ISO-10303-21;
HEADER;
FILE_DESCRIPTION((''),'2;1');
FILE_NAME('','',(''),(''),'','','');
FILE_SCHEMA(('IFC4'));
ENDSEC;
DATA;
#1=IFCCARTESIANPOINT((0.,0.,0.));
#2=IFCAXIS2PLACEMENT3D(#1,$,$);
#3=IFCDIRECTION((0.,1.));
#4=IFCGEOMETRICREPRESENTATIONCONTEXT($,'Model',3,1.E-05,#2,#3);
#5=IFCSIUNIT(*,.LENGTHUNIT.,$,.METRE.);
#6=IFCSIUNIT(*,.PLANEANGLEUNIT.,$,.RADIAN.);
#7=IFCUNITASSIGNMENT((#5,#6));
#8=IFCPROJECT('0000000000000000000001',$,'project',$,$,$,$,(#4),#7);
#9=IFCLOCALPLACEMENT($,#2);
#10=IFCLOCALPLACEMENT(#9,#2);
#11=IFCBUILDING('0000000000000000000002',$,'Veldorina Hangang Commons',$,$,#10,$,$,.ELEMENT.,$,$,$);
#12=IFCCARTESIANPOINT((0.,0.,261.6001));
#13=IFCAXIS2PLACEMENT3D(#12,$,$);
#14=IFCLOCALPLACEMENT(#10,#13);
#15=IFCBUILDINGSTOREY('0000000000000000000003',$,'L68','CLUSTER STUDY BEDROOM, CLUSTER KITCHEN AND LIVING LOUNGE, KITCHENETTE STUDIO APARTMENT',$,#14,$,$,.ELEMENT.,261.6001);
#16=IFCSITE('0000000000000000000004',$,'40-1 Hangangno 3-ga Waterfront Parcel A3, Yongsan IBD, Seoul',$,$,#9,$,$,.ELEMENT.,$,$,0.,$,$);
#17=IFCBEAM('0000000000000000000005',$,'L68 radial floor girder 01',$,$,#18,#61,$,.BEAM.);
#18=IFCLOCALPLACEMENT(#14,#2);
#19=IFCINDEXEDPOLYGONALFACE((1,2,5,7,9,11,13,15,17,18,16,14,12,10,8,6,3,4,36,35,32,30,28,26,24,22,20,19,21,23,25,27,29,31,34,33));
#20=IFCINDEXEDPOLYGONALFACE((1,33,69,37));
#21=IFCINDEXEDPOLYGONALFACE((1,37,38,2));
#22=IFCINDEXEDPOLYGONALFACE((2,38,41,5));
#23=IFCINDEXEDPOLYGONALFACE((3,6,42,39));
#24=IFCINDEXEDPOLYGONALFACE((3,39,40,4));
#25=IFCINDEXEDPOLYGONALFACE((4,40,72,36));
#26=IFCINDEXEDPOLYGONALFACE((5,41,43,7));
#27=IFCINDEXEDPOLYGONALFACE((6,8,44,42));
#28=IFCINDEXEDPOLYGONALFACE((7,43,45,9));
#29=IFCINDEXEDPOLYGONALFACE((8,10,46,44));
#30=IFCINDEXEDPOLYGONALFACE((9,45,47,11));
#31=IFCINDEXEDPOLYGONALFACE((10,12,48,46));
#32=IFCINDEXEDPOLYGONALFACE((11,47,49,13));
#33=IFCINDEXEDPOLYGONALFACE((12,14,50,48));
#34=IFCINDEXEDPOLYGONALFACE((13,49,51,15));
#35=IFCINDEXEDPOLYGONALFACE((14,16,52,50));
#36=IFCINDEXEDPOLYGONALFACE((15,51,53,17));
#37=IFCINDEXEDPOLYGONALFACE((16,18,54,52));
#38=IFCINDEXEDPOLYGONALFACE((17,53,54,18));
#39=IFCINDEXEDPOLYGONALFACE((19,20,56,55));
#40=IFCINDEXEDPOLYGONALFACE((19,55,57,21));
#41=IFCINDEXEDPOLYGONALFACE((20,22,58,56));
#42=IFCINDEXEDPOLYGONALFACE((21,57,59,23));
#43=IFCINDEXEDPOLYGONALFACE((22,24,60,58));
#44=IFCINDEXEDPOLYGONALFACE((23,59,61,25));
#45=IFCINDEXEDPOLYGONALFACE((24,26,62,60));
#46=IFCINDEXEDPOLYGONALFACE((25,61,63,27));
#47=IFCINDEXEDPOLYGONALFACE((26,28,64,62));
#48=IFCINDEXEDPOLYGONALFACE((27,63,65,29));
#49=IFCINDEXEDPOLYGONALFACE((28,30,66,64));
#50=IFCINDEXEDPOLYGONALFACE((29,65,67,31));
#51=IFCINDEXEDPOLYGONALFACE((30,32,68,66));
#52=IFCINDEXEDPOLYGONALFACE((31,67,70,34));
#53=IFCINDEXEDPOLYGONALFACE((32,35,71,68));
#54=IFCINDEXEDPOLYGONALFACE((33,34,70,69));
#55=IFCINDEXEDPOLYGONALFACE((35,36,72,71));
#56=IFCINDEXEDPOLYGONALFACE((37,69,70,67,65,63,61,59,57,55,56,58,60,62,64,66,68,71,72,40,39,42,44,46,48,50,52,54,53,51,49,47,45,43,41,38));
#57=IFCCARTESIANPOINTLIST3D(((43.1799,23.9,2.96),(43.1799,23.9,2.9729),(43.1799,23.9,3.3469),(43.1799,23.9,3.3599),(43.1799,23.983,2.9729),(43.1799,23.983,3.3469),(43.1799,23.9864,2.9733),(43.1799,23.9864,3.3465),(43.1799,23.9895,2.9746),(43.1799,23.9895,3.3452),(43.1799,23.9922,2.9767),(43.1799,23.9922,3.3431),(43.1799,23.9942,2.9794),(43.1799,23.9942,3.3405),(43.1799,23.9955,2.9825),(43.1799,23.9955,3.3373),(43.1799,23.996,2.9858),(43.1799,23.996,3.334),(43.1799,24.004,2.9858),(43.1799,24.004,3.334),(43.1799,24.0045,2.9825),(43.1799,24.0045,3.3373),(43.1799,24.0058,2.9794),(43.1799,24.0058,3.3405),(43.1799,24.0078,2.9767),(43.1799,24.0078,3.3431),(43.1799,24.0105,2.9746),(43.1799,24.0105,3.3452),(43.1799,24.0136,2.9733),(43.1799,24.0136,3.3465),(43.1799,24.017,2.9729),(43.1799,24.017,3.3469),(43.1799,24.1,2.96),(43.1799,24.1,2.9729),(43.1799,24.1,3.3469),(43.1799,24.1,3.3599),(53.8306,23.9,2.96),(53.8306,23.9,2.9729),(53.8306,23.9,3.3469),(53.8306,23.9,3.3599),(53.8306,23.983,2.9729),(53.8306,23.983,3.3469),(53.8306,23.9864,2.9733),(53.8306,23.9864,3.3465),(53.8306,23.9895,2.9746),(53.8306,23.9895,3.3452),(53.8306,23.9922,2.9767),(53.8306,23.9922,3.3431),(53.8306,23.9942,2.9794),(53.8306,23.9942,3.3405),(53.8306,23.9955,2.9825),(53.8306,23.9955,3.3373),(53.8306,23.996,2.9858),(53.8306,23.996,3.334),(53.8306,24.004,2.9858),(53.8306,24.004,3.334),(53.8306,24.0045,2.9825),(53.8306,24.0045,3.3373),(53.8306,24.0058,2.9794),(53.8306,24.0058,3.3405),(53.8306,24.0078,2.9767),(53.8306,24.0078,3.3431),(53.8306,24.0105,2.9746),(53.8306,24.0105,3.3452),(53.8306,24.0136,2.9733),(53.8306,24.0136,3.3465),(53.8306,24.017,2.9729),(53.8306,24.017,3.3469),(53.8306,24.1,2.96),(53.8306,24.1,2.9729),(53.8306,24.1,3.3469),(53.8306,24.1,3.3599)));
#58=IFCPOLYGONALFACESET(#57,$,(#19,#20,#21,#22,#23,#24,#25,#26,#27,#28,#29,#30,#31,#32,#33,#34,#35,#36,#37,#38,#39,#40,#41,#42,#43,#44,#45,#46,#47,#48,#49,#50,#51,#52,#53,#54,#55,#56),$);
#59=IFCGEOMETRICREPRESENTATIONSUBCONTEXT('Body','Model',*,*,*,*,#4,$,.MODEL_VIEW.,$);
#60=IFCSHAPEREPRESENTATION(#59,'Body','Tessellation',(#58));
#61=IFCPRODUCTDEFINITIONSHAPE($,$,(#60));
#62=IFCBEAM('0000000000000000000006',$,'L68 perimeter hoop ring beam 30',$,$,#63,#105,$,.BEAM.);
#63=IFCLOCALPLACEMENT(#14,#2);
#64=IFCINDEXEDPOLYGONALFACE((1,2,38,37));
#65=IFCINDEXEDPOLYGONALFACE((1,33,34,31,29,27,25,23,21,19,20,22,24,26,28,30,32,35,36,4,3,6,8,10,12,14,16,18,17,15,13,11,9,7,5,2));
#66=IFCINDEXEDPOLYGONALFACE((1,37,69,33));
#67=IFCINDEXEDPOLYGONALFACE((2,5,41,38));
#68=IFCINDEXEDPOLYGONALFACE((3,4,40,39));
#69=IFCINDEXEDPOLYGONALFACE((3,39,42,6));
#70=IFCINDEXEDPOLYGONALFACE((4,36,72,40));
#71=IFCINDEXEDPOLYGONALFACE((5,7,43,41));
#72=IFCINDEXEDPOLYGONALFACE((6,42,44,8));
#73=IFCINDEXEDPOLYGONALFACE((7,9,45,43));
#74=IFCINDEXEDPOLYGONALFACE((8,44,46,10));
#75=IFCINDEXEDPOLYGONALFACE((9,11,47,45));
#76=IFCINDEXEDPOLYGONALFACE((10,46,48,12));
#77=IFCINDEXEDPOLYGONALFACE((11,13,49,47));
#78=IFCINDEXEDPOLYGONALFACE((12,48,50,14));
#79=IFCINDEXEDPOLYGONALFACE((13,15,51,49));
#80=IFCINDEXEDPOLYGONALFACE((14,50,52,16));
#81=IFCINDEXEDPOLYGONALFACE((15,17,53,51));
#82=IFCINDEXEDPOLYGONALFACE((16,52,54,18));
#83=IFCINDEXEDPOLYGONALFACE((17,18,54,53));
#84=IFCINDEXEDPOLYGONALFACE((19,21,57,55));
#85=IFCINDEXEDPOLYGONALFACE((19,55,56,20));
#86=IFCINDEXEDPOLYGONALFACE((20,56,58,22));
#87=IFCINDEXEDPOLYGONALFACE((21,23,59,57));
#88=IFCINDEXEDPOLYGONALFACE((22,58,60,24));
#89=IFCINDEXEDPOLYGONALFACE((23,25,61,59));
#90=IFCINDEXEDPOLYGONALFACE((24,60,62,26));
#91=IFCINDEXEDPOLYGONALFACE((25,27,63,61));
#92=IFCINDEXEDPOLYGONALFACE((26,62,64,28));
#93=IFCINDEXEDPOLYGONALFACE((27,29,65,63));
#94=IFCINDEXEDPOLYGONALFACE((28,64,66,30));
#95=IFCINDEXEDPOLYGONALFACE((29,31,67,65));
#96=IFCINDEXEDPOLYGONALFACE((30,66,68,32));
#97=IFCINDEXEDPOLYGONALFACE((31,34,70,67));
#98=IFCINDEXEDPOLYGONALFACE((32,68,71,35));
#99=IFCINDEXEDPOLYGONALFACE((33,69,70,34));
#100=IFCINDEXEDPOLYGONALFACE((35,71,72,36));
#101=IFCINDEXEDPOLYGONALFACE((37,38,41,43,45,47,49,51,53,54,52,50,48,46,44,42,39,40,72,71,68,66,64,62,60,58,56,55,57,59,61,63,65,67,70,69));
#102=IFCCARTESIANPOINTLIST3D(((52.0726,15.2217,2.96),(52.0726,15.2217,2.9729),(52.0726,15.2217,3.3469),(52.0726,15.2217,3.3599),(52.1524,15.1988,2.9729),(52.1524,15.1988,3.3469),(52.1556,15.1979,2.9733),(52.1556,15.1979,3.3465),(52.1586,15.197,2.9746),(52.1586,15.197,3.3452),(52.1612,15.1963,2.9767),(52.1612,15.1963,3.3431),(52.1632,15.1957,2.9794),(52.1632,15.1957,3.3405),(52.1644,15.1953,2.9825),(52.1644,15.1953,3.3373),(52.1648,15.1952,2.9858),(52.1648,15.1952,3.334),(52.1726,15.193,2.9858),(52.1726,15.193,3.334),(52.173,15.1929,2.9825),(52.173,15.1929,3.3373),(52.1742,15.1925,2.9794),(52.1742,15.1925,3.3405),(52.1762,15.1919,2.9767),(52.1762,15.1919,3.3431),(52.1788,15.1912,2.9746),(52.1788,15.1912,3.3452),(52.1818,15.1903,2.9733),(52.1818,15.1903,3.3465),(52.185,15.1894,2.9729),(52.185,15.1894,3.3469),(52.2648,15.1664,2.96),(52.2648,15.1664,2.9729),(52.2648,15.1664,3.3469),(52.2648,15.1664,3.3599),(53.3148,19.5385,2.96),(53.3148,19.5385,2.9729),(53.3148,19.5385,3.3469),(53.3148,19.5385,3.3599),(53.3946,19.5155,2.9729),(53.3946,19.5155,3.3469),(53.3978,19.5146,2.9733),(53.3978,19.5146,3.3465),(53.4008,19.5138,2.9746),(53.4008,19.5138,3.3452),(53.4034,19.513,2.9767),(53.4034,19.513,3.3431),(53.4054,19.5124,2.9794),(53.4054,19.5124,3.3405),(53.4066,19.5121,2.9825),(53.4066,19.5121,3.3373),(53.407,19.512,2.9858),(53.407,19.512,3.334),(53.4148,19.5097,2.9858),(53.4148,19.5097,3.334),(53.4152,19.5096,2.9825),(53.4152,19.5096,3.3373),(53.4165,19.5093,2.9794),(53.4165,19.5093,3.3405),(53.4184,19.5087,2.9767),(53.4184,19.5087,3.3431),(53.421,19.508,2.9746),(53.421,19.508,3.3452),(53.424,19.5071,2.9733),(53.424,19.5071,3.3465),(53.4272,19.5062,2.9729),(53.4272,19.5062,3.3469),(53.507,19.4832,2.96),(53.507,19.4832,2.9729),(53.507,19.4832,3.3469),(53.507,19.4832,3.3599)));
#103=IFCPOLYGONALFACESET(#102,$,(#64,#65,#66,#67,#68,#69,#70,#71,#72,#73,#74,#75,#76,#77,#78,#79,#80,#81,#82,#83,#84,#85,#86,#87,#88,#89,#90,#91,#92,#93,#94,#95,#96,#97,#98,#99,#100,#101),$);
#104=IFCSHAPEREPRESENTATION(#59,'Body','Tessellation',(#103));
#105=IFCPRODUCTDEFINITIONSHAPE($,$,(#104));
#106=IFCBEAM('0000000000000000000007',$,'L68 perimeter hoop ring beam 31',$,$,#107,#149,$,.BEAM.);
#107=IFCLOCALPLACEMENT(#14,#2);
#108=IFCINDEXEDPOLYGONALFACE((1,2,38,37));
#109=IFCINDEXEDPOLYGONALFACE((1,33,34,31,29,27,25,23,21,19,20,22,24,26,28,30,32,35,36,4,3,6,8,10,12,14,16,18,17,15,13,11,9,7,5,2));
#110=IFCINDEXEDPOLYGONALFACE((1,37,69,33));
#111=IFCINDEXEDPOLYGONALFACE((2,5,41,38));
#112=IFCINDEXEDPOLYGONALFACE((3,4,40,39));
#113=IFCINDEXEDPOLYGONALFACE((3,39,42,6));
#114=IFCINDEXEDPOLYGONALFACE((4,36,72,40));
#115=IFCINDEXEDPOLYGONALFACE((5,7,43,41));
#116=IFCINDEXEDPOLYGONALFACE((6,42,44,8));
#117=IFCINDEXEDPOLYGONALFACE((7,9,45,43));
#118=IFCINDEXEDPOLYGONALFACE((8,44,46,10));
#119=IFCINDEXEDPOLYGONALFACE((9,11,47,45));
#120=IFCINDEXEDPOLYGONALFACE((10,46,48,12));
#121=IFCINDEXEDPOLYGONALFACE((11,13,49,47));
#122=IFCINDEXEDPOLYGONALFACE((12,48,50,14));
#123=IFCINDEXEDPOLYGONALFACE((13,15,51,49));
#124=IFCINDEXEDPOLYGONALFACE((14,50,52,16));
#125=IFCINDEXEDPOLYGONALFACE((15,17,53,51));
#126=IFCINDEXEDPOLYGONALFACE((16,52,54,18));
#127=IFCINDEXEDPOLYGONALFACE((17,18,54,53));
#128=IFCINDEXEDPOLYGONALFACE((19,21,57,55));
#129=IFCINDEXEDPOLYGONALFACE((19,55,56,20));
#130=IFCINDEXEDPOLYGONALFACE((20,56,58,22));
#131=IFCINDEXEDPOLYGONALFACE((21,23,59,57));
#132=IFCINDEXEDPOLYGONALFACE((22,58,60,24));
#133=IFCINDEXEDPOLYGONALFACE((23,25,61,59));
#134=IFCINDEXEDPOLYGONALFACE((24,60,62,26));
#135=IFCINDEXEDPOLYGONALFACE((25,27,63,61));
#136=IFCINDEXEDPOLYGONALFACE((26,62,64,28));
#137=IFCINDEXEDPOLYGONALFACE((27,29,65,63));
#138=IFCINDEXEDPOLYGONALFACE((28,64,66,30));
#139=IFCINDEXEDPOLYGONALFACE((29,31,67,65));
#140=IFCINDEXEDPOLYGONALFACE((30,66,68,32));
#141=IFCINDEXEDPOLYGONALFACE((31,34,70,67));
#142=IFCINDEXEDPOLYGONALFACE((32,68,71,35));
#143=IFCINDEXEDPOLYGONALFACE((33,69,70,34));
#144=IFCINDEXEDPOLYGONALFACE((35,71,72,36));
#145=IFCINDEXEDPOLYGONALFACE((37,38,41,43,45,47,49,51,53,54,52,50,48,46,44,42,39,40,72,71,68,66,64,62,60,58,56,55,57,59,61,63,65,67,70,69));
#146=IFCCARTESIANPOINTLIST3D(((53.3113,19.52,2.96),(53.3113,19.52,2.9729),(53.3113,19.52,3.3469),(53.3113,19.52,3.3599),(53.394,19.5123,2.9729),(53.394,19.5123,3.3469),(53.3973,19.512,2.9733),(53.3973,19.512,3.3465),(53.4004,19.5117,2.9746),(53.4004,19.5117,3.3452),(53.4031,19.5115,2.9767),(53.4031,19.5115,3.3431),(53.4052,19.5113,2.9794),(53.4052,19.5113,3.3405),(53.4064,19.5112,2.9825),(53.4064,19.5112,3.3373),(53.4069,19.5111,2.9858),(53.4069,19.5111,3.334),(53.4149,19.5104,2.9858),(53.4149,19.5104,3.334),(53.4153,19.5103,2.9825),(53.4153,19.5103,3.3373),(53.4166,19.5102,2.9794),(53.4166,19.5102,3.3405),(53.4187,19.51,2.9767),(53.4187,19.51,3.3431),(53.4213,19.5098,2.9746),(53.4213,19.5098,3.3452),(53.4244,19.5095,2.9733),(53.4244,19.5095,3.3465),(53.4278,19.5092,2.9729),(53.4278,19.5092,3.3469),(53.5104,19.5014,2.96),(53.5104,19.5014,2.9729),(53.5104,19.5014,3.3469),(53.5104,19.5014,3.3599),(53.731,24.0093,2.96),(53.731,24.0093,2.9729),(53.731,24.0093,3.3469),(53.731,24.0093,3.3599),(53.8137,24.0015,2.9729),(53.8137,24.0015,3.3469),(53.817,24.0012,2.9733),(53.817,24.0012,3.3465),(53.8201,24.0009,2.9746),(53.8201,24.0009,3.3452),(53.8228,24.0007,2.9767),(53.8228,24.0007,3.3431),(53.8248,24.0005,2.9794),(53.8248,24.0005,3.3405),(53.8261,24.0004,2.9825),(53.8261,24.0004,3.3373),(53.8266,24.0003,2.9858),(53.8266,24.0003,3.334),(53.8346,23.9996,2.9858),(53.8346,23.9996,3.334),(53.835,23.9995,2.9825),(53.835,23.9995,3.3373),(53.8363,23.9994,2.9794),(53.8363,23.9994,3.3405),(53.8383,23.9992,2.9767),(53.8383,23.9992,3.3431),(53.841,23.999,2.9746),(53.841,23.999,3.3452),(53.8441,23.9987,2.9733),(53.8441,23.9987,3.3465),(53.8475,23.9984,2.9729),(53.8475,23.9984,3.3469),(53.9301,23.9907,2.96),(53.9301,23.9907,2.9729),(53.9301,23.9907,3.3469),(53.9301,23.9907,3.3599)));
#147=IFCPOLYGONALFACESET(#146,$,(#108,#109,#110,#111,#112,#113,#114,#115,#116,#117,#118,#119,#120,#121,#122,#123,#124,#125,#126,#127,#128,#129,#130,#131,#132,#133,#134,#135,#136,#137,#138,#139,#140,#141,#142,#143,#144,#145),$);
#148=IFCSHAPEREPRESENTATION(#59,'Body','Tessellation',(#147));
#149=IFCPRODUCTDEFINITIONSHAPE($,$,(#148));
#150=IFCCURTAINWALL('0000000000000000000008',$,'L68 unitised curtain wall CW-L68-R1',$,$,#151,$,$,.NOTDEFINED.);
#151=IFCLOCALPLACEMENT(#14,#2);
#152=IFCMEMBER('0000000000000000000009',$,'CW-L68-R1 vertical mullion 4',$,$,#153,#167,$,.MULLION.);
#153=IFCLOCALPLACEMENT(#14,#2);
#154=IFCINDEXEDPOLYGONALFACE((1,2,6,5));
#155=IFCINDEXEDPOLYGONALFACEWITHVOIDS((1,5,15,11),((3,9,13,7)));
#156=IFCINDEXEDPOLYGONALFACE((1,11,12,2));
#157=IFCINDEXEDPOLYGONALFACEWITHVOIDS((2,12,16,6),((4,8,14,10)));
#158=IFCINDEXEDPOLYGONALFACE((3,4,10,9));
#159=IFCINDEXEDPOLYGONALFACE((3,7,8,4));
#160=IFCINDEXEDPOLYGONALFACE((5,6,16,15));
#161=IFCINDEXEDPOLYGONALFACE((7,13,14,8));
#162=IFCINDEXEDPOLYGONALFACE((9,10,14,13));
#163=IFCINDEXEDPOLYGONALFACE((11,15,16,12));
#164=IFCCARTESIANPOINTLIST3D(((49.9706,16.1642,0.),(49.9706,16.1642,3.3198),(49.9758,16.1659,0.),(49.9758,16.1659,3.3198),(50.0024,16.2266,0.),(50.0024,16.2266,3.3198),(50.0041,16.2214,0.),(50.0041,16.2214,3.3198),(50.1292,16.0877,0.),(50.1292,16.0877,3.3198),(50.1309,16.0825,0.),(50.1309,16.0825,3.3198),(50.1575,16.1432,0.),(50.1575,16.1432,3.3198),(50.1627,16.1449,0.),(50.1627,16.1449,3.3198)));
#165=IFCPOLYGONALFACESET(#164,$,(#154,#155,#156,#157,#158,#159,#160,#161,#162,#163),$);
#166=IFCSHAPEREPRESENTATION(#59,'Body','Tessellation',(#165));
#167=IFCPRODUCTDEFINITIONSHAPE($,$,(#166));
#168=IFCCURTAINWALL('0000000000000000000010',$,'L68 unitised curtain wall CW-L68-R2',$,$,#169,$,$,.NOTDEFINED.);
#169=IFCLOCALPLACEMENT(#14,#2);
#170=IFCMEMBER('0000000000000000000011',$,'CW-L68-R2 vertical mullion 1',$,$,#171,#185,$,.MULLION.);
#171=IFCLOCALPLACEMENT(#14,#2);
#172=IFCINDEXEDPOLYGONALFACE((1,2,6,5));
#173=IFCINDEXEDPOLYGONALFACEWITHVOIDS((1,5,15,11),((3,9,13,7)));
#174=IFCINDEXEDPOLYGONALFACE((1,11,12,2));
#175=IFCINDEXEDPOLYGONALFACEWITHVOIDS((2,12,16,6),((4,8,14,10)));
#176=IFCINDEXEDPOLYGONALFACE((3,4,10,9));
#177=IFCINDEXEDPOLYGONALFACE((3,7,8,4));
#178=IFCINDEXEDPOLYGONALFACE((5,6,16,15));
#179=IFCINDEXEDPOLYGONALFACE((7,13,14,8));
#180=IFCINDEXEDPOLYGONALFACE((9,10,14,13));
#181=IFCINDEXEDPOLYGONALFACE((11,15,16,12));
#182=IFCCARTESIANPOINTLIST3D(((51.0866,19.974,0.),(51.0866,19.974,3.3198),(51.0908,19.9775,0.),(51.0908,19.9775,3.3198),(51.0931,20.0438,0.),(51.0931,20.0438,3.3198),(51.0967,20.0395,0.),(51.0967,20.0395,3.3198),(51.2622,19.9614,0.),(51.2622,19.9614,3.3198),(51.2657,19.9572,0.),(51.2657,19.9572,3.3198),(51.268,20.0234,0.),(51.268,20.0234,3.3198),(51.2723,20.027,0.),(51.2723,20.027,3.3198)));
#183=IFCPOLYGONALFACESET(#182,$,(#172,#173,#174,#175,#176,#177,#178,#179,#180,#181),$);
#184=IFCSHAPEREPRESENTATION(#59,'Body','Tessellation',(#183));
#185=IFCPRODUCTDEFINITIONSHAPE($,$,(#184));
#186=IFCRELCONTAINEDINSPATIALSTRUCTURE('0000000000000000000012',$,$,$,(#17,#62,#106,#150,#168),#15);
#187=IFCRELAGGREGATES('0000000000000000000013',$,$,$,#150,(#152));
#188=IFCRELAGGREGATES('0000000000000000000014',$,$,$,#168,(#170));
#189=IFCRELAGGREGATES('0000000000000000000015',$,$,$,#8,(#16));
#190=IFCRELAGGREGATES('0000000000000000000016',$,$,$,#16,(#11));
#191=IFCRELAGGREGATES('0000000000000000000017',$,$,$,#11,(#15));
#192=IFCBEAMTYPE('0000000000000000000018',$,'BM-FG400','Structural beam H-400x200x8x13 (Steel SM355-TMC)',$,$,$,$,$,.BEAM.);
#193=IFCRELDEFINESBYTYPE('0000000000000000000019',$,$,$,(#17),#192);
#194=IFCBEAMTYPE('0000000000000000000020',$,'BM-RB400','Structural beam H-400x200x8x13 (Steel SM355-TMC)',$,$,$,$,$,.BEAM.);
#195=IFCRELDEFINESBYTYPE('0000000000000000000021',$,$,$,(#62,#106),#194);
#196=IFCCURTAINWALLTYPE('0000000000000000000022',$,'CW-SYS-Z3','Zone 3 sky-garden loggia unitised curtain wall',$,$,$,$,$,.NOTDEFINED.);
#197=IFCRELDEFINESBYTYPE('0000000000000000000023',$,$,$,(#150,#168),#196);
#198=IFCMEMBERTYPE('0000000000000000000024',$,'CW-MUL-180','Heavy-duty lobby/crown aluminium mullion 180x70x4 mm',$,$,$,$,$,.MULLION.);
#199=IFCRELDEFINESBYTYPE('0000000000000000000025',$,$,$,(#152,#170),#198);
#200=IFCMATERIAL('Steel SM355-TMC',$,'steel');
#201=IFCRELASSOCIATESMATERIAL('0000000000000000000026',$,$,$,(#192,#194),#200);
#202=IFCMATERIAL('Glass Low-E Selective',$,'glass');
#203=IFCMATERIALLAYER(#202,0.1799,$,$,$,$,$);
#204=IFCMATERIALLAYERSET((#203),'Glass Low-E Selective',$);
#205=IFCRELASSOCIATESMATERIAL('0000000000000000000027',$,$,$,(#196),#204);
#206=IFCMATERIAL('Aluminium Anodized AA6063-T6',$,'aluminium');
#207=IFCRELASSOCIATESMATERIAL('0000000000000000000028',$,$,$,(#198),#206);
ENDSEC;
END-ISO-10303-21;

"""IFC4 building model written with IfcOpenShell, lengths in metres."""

from ifc_helpers import new_model, si_unit, direction, frame, origin, origin_2d, place, context, subcontext, project, spatial, hollow_rectangle, i_section, extrude, material, layer, layer_set, material_profile, profile_set, type_object, element, aggregate, save


model = new_model("IFC4")

# Units and contexts
model_context = context("Model", 3, precision=1e-05, world=origin(), true_north=direction((0.0, 1.0)))
body_context = subcontext(model_context, "Body", "Model", "MODEL_VIEW")
ifc_project = project(units=[si_unit("LENGTHUNIT", "METRE"), si_unit("PLANEANGLEUNIT", "RADIAN")], contexts=[model_context])

# Site, building, storey
site_placement = place(None, origin())
site = spatial("IfcSite", under=ifc_project, at=site_placement, Name="40-1 Hangangno 3-ga Waterfront Parcel A3, Yongsan IBD, Seoul", CompositionType="ELEMENT", RefElevation=0.0)
building_placement = place(site_placement, origin())
building = spatial("IfcBuilding", under=site, at=building_placement, Name="Veldorina Hangang Commons", CompositionType="ELEMENT")
storey_placement = place(building_placement, frame((0.0, 0.0, 261.6001)))
storey = spatial("IfcBuildingStorey", under=building, at=storey_placement, Name="L68", Description="CLUSTER STUDY BEDROOM, CLUSTER KITCHEN AND LIVING LOUNGE, KITCHENETTE STUDIO APARTMENT", CompositionType="ELEMENT", Elevation=261.6001)

# Beams
ifc_material_1 = material(Name="Steel SM355-TMC", Category="steel")
ifc_material_profile_1 = material_profile(ifc_material_1, i_section(OverallWidth=0.2, OverallDepth=0.3999, WebThickness=0.0081, FlangeThickness=0.0129, FilletRadius=0.0129, at=origin_2d()), Name="H-400x200x8x13")
ifc_profile_set_1 = profile_set([ifc_material_profile_1], Name="Steel SM355-TMC")
beam_type_1 = type_object("IfcBeamType", Name="BM-FG400", Description="Structural beam H-400x200x8x13 (Steel SM355-TMC)", PredefinedType="BEAM", material=ifc_profile_set_1)
beam_1_placement = place(storey_placement, frame((43.1799, 24.0, 3.1599), z_axis=(1.0, 0.0, 0.0), x_axis=(0.0, 1.0, 0.0)))
element("IfcBeam", 1, at=beam_1_placement, inside=storey, type_object=beam_type_1, Name="L68 radial floor girder 01", PredefinedType="BEAM", context=body_context, shape_type="SweptSolid", body=[
    extrude(i_section(OverallWidth=0.2, OverallDepth=0.3999, WebThickness=0.0081, FlangeThickness=0.0129, FilletRadius=0.0129, at=origin_2d()), origin(), (0.0, 0.0, 1.0), 10.6506),
])
ifc_material_profile_2 = material_profile(ifc_material_1, i_section(OverallWidth=0.2, OverallDepth=0.3999, WebThickness=0.0081, FlangeThickness=0.0129, FilletRadius=0.0129, at=origin_2d()), Name="H-400x200x8x13")
ifc_profile_set_2 = profile_set([ifc_material_profile_2], Name="Steel SM355-TMC")
beam_type_2 = type_object("IfcBeamType", Name="BM-RB400", Description="Structural beam H-400x200x8x13 (Steel SM355-TMC)", PredefinedType="BEAM", material=ifc_profile_set_2)
beam_2_placement = place(storey_placement, frame((52.1687, 15.1941, 3.1599), z_axis=(0.276544, 0.961001, 0.0), x_axis=(-0.961001, 0.276544, 0.0)))
element("IfcBeam", 2, at=beam_2_placement, inside=storey, type_object=beam_type_2, Name="L68 perimeter hoop ring beam 30", PredefinedType="BEAM", context=body_context, shape_type="SweptSolid", body=[
    extrude(i_section(OverallWidth=0.2, OverallDepth=0.3999, WebThickness=0.0081, FlangeThickness=0.0129, FilletRadius=0.0129, at=origin_2d()), origin(), (0.0, 0.0, 1.0), 4.4919),
])
beam_3_placement = place(storey_placement, frame((53.4109, 19.5107, 3.1599), z_axis=(0.093079, 0.995659, 0.0), x_axis=(-0.995659, 0.093079, 0.0)))
element("IfcBeam", 3, at=beam_3_placement, inside=storey, type_object=beam_type_2, Name="L68 perimeter hoop ring beam 31", PredefinedType="BEAM", context=body_context, shape_type="SweptSolid", body=[
    extrude(i_section(OverallWidth=0.2, OverallDepth=0.3999, WebThickness=0.0081, FlangeThickness=0.0129, FilletRadius=0.0129, at=origin_2d()), origin(), (0.0, 0.0, 1.0), 4.5088),
])

# Curtain wall, member
ifc_material_2 = material(Name="Glass Low-E Selective", Category="glass")
ifc_layer_1 = layer(ifc_material_2, 0.1799)
ifc_layer_set_1 = layer_set([ifc_layer_1], Name="Glass Low-E Selective")
curtain_wall_type = type_object("IfcCurtainWallType", Name="CW-SYS-Z3", Description="Zone 3 sky-garden loggia unitised curtain wall", PredefinedType="NOTDEFINED", material=ifc_layer_set_1)
curtain_wall_1_placement = place(storey_placement, origin())
curtain_wall_1 = element("IfcCurtainWall", 4, at=curtain_wall_1_placement, inside=storey, type_object=curtain_wall_type, Name="L68 unitised curtain wall CW-L68-R1", PredefinedType="NOTDEFINED")
ifc_material_3 = material(Name="Aluminium Anodized AA6063-T6", Category="aluminium")
ifc_material_profile_3 = material_profile(ifc_material_3, hollow_rectangle(XDim=0.0701, YDim=0.1799, WallThickness=0.0039, at=origin_2d()), Name="ALU-RHS-180x70x4")
ifc_profile_set_3 = profile_set([ifc_material_profile_3], Name="Aluminium Anodized AA6063-T6")
member_type_1 = type_object("IfcMemberType", Name="CW-MUL-180", Description="Heavy-duty lobby/crown aluminium mullion 180x70x4 mm", PredefinedType="MULLION", material=ifc_profile_set_3)
member_1_placement = place(storey_placement, frame((50.0667, 16.1545, 0.0), z_axis=(0.0, 0.0, 1.0), x_axis=(-0.454224, -0.890888, 0.0)))
member_1 = element("IfcMember", 5, at=member_1_placement, type_object=member_type_1, Name="CW-L68-R1 vertical mullion 4", PredefinedType="MULLION", context=body_context, shape_type="SweptSolid", body=[
    extrude(hollow_rectangle(XDim=0.0701, YDim=0.1799, WallThickness=0.0039, at=origin_2d()), origin(), (0.0, 0.0, 1.0), 3.3198),
])

# Curtain wall, member
curtain_wall_2_placement = place(storey_placement, origin())
curtain_wall_2 = element("IfcCurtainWall", 6, at=curtain_wall_2_placement, inside=storey, type_object=curtain_wall_type, Name="L68 unitised curtain wall CW-L68-R2", PredefinedType="NOTDEFINED")
member_2_placement = place(storey_placement, frame((51.1794, 20.0005, 0.0), z_axis=(0.0, 0.0, 1.0), x_axis=(0.093518, 0.995618, 0.0)))
member_2 = element("IfcMember", 7, at=member_2_placement, type_object=member_type_1, Name="CW-L68-R2 vertical mullion 1", PredefinedType="MULLION", context=body_context, shape_type="SweptSolid", body=[
    extrude(hollow_rectangle(XDim=0.0701, YDim=0.1799, WallThickness=0.0039, at=origin_2d()), origin(), (0.0, 0.0, 1.0), 3.3198),
])

aggregate(curtain_wall_1, [member_1])
aggregate(curtain_wall_2, [member_2])

save(model, "model.ifc")
